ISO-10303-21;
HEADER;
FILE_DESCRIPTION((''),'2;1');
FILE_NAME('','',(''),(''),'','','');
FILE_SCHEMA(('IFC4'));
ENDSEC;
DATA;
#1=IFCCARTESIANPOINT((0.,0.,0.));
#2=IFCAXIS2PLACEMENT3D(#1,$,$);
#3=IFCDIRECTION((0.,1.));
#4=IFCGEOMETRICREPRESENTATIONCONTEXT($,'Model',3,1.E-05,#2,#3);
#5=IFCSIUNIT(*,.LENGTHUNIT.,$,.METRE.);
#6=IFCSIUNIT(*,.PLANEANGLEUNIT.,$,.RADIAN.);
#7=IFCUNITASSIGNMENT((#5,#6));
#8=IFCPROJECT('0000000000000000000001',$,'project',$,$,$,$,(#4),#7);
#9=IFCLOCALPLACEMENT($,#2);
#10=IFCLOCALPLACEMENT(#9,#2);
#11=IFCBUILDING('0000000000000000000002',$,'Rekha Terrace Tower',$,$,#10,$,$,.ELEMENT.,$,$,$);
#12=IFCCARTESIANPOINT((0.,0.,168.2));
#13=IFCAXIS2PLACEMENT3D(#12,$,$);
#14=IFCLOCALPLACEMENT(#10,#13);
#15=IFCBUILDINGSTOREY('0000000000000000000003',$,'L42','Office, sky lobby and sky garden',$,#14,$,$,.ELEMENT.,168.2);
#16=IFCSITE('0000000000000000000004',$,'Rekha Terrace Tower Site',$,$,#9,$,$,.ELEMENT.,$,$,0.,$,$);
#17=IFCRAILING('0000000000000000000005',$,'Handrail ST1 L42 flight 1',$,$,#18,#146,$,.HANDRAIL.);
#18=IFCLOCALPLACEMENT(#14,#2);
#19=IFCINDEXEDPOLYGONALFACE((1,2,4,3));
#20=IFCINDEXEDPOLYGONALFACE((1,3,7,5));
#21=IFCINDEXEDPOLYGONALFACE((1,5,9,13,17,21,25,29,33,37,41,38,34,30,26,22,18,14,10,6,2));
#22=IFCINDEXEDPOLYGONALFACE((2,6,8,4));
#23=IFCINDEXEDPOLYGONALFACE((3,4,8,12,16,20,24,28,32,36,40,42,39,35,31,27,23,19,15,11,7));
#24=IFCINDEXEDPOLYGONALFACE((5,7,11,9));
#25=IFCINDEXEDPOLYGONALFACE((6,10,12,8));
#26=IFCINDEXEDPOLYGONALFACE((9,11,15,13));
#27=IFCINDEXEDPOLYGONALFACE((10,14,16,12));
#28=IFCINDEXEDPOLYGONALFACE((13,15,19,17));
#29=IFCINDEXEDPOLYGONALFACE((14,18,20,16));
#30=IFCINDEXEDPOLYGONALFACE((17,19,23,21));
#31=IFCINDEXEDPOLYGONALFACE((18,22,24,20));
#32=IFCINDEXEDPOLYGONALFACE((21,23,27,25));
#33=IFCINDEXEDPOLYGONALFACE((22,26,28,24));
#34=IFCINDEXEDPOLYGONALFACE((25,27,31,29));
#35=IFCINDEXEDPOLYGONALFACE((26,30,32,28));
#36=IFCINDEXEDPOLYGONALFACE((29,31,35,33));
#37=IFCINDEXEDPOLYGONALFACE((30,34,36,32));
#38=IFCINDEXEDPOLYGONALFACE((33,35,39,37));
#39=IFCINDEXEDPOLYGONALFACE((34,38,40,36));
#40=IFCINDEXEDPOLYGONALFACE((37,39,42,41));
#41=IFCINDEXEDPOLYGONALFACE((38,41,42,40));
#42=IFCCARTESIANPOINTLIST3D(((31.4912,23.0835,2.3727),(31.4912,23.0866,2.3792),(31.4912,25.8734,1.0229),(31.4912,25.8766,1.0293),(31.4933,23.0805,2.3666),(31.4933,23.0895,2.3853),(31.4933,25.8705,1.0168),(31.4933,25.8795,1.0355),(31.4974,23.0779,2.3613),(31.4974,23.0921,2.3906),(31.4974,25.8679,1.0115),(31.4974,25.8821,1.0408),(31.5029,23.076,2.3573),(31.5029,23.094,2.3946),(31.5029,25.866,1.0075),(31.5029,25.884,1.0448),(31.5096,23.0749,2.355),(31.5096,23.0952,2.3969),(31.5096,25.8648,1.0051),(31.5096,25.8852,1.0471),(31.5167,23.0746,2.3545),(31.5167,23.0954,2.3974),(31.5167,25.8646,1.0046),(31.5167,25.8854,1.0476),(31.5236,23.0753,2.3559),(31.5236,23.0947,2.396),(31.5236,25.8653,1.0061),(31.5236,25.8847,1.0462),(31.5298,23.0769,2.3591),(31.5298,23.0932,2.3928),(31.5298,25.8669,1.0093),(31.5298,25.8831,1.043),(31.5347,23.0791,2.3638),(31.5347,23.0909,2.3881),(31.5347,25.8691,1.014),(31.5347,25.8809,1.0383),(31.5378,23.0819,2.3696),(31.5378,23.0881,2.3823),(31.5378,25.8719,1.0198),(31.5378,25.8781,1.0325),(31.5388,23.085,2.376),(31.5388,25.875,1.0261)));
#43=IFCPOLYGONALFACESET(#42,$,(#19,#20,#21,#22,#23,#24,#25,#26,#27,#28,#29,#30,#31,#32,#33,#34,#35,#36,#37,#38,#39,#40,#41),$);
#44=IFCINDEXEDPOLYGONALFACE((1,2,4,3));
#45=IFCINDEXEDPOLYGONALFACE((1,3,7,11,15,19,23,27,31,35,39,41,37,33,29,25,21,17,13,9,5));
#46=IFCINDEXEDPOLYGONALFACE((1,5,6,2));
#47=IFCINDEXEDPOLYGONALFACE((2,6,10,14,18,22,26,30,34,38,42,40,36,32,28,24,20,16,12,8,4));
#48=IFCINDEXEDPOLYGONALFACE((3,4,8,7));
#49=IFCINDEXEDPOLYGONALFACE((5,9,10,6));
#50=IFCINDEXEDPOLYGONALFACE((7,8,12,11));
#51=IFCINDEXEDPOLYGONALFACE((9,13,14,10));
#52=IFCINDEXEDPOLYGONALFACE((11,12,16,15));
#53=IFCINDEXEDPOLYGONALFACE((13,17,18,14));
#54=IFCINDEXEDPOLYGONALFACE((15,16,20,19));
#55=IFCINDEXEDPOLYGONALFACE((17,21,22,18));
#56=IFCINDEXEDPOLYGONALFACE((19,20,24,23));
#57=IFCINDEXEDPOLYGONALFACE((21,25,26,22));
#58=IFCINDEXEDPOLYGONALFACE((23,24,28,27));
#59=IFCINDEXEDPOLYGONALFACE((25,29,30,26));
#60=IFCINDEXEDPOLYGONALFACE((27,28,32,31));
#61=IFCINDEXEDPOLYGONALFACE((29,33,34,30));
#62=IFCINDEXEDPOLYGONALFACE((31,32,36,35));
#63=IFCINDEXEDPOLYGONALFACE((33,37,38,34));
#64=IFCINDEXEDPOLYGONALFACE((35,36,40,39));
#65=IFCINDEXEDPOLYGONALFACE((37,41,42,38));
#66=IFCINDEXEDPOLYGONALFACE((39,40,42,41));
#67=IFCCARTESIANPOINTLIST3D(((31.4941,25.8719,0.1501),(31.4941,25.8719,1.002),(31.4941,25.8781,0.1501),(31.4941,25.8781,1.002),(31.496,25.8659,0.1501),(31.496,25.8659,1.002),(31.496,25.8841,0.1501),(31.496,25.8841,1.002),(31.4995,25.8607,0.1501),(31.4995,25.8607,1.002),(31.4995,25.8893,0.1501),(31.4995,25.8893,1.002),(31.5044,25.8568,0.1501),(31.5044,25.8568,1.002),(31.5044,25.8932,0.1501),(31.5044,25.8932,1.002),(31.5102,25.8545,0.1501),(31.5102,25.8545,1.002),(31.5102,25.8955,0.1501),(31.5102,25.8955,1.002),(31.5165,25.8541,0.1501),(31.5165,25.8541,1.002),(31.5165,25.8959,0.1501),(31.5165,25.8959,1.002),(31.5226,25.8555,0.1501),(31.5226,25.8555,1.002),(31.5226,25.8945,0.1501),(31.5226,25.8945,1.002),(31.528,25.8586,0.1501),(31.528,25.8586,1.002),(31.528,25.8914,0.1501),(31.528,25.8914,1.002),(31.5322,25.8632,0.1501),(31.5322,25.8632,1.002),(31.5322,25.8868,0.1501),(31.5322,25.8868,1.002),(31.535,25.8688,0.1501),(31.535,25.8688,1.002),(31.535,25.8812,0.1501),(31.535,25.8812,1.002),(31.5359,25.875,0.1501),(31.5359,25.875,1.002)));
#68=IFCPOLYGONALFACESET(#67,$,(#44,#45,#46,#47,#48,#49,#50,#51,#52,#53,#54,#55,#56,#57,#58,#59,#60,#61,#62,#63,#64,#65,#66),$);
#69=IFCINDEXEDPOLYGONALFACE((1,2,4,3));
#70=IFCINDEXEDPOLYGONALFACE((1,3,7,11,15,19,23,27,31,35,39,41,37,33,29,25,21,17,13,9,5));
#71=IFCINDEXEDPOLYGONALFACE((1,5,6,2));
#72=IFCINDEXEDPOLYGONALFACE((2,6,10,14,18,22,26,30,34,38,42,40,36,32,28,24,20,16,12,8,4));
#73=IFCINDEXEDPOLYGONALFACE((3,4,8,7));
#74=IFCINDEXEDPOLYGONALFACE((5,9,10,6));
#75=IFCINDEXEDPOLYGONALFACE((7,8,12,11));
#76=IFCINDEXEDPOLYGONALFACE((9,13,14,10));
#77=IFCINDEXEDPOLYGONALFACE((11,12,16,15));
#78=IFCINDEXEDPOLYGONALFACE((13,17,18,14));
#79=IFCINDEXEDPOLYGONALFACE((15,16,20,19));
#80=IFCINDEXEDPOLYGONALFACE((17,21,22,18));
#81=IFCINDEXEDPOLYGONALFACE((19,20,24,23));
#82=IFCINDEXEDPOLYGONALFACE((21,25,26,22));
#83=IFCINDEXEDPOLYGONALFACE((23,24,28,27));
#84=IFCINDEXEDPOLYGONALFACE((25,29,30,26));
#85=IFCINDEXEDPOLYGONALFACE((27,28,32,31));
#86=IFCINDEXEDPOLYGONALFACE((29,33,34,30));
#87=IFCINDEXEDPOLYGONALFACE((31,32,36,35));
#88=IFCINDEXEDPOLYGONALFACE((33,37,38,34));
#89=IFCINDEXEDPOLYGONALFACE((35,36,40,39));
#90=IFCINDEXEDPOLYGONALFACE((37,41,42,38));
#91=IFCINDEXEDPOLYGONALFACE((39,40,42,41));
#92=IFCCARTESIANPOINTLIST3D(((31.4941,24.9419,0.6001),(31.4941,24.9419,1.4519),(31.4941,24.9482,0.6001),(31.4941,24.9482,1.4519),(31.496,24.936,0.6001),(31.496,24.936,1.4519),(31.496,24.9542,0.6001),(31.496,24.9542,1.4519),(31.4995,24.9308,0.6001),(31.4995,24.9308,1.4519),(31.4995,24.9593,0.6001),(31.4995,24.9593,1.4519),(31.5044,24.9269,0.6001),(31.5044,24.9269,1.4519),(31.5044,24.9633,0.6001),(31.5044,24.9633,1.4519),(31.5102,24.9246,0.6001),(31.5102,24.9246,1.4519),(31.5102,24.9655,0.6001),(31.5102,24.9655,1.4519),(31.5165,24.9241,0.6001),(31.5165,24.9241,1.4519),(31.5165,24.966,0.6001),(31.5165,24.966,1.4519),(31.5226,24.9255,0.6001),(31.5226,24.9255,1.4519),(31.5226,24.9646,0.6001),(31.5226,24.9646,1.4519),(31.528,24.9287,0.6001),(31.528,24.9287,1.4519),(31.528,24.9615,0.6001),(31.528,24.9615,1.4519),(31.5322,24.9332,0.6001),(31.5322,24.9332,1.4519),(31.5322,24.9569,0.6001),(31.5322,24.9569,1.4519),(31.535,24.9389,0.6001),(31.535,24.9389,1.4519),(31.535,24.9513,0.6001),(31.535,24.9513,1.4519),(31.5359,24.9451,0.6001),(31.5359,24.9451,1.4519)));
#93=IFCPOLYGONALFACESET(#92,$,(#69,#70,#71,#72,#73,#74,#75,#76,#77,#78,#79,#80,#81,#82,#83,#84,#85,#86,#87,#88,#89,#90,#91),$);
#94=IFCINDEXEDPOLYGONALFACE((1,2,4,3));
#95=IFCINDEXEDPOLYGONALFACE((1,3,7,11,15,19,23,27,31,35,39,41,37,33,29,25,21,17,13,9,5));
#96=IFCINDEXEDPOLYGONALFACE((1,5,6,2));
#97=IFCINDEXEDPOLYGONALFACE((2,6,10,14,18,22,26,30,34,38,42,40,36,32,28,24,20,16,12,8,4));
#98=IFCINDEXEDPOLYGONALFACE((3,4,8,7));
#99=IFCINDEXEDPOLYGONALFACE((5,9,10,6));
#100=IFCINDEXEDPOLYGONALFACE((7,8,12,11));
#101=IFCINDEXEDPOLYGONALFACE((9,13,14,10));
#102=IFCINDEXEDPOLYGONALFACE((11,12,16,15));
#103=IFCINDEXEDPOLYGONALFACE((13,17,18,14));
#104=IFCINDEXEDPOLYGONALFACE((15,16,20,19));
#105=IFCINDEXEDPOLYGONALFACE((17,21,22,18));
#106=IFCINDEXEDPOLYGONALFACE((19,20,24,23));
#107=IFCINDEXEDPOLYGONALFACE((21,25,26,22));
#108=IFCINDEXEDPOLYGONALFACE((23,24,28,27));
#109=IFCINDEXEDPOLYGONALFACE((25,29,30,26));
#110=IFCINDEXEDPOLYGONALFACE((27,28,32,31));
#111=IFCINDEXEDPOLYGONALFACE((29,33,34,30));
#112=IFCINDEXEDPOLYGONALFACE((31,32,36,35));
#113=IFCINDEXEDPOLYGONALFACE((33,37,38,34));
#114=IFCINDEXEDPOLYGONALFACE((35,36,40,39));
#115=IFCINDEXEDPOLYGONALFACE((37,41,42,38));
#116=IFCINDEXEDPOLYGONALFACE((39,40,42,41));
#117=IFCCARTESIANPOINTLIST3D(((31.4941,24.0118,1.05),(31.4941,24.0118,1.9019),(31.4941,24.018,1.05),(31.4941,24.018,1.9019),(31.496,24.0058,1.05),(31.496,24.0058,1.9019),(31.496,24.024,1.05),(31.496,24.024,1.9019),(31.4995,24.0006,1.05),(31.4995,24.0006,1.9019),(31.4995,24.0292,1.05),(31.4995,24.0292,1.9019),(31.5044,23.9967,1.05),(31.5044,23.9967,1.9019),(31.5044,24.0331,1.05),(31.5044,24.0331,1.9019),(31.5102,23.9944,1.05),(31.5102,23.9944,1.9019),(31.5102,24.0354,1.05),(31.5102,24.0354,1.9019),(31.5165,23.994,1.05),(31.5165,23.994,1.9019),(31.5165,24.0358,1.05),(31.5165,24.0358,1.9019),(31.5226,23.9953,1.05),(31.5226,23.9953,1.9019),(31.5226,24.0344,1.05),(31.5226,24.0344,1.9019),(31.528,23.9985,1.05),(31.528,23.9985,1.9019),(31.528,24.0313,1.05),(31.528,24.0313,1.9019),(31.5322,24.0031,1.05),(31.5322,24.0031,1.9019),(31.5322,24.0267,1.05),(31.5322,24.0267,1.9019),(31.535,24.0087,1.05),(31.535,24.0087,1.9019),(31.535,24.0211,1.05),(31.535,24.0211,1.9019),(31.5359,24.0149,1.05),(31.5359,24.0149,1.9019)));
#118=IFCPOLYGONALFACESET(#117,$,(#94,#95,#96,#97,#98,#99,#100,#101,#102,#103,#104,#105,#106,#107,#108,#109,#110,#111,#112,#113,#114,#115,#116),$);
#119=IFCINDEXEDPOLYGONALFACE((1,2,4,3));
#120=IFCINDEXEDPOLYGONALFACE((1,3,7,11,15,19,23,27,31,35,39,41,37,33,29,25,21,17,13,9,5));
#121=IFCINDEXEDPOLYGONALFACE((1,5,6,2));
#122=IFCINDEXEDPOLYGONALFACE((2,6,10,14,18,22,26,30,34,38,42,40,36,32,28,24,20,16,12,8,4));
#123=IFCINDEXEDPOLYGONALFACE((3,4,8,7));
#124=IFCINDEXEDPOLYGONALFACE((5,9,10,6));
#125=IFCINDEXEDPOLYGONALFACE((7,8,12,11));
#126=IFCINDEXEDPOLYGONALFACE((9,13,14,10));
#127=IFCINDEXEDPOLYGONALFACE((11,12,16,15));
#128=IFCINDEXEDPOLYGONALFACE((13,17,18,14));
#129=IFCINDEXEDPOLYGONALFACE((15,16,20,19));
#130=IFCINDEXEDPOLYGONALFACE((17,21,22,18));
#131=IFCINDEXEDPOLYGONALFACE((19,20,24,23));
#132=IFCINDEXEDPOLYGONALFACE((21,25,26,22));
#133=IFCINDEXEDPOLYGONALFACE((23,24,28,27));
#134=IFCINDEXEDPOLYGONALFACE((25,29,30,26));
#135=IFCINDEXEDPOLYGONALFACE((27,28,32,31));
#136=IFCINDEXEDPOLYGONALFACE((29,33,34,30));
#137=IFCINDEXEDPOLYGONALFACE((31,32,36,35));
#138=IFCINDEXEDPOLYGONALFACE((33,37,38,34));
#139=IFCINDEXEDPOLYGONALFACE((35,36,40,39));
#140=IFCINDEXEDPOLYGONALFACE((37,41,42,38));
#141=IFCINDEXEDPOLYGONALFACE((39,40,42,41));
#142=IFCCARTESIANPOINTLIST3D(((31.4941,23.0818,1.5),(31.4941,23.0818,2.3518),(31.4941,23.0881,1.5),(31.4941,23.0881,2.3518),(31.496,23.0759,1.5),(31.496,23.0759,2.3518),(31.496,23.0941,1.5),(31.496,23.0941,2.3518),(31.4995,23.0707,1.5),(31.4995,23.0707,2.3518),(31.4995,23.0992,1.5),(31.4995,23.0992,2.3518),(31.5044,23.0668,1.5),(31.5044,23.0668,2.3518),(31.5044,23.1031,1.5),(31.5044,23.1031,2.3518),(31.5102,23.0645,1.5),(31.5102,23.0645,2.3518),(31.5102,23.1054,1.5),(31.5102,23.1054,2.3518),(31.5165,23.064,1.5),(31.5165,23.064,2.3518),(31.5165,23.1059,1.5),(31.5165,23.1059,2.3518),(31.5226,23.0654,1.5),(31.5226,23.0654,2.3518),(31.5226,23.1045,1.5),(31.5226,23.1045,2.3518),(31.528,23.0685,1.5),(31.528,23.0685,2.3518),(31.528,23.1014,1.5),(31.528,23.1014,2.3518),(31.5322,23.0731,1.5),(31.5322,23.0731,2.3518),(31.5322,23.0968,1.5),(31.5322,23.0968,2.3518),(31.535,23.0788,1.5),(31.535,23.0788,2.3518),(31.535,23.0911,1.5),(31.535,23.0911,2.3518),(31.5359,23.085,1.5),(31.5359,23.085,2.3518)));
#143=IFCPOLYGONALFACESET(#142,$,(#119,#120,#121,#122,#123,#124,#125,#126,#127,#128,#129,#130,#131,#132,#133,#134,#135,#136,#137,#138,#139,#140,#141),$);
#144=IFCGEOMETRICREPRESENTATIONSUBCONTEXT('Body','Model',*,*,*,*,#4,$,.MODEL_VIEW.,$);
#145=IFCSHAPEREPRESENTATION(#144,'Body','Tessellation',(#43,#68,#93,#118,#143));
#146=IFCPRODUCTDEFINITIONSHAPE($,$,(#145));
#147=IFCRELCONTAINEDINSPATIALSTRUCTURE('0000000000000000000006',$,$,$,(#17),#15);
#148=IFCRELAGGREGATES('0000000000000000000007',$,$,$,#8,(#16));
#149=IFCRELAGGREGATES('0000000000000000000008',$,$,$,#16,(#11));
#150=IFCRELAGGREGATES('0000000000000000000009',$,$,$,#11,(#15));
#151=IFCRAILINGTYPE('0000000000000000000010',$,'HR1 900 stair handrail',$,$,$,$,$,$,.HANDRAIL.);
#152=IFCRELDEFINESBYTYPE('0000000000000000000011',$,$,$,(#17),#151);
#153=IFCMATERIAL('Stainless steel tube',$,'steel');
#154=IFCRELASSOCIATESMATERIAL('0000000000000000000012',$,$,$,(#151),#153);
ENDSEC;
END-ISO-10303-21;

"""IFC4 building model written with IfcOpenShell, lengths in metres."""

from ifc_helpers import new_model, si_unit, direction, frame, origin, origin_2d, place, context, subcontext, project, spatial, circle, extrude, material, type_object, element, save


model = new_model("IFC4")

# Units and contexts
model_context = context("Model", 3, precision=1e-05, world=origin(), true_north=direction((0.0, 1.0)))
body_context = subcontext(model_context, "Body", "Model", "MODEL_VIEW")
ifc_project = project(units=[si_unit("LENGTHUNIT", "METRE"), si_unit("PLANEANGLEUNIT", "RADIAN")], contexts=[model_context])

# Site, building, storey
site_placement = place(None, origin())
site = spatial("IfcSite", under=ifc_project, at=site_placement, Name="Rekha Terrace Tower Site", CompositionType="ELEMENT", RefElevation=0.0)
building_placement = place(site_placement, origin())
building = spatial("IfcBuilding", under=site, at=building_placement, Name="Rekha Terrace Tower", CompositionType="ELEMENT")
storey_placement = place(building_placement, frame((0.0, 0.0, 168.2)))
storey = spatial("IfcBuildingStorey", under=building, at=storey_placement, Name="L42", Description="Office, sky lobby and sky garden", CompositionType="ELEMENT", Elevation=168.2)

# Railing
ifc_material_1 = material(Name="Stainless steel tube", Category="steel")
railing_type_1 = type_object("IfcRailingType", Name="HR1 900 stair handrail", PredefinedType="HANDRAIL", material=ifc_material_1)
railing_1_placement = place(storey_placement, frame((31.5149, 25.875, 0.1501)))
element("IfcRailing", 1, at=railing_1_placement, inside=storey, type_object=railing_type_1, Name="Handrail ST1 L42 flight 1", PredefinedType="HANDRAIL", context=body_context, shape_type="SweptSolid", body=[
    extrude(circle(Radius=0.0239, at=origin_2d()), frame((0.0, 0.0, 0.876), z_axis=(0.0, -0.90018, 0.435518), x_axis=(1.0, 0.0, 0.0)), (0.0, 0.0, 1.0), 3.0994),
    extrude(circle(Radius=0.021, at=origin_2d()), origin(), (0.0, 0.0, 1.0), 0.8518),
    extrude(circle(Radius=0.021, at=origin_2d()), frame((0.0, -0.9299, 0.45)), (0.0, 0.0, 1.0), 0.8518),
    extrude(circle(Radius=0.021, at=origin_2d()), frame((0.0, -1.8601, 0.8999)), (0.0, 0.0, 1.0), 0.8518),
    extrude(circle(Radius=0.021, at=origin_2d()), frame((0.0, -2.79, 1.3499)), (0.0, 0.0, 1.0), 0.8518),
])

save(model, "model.ifc")
